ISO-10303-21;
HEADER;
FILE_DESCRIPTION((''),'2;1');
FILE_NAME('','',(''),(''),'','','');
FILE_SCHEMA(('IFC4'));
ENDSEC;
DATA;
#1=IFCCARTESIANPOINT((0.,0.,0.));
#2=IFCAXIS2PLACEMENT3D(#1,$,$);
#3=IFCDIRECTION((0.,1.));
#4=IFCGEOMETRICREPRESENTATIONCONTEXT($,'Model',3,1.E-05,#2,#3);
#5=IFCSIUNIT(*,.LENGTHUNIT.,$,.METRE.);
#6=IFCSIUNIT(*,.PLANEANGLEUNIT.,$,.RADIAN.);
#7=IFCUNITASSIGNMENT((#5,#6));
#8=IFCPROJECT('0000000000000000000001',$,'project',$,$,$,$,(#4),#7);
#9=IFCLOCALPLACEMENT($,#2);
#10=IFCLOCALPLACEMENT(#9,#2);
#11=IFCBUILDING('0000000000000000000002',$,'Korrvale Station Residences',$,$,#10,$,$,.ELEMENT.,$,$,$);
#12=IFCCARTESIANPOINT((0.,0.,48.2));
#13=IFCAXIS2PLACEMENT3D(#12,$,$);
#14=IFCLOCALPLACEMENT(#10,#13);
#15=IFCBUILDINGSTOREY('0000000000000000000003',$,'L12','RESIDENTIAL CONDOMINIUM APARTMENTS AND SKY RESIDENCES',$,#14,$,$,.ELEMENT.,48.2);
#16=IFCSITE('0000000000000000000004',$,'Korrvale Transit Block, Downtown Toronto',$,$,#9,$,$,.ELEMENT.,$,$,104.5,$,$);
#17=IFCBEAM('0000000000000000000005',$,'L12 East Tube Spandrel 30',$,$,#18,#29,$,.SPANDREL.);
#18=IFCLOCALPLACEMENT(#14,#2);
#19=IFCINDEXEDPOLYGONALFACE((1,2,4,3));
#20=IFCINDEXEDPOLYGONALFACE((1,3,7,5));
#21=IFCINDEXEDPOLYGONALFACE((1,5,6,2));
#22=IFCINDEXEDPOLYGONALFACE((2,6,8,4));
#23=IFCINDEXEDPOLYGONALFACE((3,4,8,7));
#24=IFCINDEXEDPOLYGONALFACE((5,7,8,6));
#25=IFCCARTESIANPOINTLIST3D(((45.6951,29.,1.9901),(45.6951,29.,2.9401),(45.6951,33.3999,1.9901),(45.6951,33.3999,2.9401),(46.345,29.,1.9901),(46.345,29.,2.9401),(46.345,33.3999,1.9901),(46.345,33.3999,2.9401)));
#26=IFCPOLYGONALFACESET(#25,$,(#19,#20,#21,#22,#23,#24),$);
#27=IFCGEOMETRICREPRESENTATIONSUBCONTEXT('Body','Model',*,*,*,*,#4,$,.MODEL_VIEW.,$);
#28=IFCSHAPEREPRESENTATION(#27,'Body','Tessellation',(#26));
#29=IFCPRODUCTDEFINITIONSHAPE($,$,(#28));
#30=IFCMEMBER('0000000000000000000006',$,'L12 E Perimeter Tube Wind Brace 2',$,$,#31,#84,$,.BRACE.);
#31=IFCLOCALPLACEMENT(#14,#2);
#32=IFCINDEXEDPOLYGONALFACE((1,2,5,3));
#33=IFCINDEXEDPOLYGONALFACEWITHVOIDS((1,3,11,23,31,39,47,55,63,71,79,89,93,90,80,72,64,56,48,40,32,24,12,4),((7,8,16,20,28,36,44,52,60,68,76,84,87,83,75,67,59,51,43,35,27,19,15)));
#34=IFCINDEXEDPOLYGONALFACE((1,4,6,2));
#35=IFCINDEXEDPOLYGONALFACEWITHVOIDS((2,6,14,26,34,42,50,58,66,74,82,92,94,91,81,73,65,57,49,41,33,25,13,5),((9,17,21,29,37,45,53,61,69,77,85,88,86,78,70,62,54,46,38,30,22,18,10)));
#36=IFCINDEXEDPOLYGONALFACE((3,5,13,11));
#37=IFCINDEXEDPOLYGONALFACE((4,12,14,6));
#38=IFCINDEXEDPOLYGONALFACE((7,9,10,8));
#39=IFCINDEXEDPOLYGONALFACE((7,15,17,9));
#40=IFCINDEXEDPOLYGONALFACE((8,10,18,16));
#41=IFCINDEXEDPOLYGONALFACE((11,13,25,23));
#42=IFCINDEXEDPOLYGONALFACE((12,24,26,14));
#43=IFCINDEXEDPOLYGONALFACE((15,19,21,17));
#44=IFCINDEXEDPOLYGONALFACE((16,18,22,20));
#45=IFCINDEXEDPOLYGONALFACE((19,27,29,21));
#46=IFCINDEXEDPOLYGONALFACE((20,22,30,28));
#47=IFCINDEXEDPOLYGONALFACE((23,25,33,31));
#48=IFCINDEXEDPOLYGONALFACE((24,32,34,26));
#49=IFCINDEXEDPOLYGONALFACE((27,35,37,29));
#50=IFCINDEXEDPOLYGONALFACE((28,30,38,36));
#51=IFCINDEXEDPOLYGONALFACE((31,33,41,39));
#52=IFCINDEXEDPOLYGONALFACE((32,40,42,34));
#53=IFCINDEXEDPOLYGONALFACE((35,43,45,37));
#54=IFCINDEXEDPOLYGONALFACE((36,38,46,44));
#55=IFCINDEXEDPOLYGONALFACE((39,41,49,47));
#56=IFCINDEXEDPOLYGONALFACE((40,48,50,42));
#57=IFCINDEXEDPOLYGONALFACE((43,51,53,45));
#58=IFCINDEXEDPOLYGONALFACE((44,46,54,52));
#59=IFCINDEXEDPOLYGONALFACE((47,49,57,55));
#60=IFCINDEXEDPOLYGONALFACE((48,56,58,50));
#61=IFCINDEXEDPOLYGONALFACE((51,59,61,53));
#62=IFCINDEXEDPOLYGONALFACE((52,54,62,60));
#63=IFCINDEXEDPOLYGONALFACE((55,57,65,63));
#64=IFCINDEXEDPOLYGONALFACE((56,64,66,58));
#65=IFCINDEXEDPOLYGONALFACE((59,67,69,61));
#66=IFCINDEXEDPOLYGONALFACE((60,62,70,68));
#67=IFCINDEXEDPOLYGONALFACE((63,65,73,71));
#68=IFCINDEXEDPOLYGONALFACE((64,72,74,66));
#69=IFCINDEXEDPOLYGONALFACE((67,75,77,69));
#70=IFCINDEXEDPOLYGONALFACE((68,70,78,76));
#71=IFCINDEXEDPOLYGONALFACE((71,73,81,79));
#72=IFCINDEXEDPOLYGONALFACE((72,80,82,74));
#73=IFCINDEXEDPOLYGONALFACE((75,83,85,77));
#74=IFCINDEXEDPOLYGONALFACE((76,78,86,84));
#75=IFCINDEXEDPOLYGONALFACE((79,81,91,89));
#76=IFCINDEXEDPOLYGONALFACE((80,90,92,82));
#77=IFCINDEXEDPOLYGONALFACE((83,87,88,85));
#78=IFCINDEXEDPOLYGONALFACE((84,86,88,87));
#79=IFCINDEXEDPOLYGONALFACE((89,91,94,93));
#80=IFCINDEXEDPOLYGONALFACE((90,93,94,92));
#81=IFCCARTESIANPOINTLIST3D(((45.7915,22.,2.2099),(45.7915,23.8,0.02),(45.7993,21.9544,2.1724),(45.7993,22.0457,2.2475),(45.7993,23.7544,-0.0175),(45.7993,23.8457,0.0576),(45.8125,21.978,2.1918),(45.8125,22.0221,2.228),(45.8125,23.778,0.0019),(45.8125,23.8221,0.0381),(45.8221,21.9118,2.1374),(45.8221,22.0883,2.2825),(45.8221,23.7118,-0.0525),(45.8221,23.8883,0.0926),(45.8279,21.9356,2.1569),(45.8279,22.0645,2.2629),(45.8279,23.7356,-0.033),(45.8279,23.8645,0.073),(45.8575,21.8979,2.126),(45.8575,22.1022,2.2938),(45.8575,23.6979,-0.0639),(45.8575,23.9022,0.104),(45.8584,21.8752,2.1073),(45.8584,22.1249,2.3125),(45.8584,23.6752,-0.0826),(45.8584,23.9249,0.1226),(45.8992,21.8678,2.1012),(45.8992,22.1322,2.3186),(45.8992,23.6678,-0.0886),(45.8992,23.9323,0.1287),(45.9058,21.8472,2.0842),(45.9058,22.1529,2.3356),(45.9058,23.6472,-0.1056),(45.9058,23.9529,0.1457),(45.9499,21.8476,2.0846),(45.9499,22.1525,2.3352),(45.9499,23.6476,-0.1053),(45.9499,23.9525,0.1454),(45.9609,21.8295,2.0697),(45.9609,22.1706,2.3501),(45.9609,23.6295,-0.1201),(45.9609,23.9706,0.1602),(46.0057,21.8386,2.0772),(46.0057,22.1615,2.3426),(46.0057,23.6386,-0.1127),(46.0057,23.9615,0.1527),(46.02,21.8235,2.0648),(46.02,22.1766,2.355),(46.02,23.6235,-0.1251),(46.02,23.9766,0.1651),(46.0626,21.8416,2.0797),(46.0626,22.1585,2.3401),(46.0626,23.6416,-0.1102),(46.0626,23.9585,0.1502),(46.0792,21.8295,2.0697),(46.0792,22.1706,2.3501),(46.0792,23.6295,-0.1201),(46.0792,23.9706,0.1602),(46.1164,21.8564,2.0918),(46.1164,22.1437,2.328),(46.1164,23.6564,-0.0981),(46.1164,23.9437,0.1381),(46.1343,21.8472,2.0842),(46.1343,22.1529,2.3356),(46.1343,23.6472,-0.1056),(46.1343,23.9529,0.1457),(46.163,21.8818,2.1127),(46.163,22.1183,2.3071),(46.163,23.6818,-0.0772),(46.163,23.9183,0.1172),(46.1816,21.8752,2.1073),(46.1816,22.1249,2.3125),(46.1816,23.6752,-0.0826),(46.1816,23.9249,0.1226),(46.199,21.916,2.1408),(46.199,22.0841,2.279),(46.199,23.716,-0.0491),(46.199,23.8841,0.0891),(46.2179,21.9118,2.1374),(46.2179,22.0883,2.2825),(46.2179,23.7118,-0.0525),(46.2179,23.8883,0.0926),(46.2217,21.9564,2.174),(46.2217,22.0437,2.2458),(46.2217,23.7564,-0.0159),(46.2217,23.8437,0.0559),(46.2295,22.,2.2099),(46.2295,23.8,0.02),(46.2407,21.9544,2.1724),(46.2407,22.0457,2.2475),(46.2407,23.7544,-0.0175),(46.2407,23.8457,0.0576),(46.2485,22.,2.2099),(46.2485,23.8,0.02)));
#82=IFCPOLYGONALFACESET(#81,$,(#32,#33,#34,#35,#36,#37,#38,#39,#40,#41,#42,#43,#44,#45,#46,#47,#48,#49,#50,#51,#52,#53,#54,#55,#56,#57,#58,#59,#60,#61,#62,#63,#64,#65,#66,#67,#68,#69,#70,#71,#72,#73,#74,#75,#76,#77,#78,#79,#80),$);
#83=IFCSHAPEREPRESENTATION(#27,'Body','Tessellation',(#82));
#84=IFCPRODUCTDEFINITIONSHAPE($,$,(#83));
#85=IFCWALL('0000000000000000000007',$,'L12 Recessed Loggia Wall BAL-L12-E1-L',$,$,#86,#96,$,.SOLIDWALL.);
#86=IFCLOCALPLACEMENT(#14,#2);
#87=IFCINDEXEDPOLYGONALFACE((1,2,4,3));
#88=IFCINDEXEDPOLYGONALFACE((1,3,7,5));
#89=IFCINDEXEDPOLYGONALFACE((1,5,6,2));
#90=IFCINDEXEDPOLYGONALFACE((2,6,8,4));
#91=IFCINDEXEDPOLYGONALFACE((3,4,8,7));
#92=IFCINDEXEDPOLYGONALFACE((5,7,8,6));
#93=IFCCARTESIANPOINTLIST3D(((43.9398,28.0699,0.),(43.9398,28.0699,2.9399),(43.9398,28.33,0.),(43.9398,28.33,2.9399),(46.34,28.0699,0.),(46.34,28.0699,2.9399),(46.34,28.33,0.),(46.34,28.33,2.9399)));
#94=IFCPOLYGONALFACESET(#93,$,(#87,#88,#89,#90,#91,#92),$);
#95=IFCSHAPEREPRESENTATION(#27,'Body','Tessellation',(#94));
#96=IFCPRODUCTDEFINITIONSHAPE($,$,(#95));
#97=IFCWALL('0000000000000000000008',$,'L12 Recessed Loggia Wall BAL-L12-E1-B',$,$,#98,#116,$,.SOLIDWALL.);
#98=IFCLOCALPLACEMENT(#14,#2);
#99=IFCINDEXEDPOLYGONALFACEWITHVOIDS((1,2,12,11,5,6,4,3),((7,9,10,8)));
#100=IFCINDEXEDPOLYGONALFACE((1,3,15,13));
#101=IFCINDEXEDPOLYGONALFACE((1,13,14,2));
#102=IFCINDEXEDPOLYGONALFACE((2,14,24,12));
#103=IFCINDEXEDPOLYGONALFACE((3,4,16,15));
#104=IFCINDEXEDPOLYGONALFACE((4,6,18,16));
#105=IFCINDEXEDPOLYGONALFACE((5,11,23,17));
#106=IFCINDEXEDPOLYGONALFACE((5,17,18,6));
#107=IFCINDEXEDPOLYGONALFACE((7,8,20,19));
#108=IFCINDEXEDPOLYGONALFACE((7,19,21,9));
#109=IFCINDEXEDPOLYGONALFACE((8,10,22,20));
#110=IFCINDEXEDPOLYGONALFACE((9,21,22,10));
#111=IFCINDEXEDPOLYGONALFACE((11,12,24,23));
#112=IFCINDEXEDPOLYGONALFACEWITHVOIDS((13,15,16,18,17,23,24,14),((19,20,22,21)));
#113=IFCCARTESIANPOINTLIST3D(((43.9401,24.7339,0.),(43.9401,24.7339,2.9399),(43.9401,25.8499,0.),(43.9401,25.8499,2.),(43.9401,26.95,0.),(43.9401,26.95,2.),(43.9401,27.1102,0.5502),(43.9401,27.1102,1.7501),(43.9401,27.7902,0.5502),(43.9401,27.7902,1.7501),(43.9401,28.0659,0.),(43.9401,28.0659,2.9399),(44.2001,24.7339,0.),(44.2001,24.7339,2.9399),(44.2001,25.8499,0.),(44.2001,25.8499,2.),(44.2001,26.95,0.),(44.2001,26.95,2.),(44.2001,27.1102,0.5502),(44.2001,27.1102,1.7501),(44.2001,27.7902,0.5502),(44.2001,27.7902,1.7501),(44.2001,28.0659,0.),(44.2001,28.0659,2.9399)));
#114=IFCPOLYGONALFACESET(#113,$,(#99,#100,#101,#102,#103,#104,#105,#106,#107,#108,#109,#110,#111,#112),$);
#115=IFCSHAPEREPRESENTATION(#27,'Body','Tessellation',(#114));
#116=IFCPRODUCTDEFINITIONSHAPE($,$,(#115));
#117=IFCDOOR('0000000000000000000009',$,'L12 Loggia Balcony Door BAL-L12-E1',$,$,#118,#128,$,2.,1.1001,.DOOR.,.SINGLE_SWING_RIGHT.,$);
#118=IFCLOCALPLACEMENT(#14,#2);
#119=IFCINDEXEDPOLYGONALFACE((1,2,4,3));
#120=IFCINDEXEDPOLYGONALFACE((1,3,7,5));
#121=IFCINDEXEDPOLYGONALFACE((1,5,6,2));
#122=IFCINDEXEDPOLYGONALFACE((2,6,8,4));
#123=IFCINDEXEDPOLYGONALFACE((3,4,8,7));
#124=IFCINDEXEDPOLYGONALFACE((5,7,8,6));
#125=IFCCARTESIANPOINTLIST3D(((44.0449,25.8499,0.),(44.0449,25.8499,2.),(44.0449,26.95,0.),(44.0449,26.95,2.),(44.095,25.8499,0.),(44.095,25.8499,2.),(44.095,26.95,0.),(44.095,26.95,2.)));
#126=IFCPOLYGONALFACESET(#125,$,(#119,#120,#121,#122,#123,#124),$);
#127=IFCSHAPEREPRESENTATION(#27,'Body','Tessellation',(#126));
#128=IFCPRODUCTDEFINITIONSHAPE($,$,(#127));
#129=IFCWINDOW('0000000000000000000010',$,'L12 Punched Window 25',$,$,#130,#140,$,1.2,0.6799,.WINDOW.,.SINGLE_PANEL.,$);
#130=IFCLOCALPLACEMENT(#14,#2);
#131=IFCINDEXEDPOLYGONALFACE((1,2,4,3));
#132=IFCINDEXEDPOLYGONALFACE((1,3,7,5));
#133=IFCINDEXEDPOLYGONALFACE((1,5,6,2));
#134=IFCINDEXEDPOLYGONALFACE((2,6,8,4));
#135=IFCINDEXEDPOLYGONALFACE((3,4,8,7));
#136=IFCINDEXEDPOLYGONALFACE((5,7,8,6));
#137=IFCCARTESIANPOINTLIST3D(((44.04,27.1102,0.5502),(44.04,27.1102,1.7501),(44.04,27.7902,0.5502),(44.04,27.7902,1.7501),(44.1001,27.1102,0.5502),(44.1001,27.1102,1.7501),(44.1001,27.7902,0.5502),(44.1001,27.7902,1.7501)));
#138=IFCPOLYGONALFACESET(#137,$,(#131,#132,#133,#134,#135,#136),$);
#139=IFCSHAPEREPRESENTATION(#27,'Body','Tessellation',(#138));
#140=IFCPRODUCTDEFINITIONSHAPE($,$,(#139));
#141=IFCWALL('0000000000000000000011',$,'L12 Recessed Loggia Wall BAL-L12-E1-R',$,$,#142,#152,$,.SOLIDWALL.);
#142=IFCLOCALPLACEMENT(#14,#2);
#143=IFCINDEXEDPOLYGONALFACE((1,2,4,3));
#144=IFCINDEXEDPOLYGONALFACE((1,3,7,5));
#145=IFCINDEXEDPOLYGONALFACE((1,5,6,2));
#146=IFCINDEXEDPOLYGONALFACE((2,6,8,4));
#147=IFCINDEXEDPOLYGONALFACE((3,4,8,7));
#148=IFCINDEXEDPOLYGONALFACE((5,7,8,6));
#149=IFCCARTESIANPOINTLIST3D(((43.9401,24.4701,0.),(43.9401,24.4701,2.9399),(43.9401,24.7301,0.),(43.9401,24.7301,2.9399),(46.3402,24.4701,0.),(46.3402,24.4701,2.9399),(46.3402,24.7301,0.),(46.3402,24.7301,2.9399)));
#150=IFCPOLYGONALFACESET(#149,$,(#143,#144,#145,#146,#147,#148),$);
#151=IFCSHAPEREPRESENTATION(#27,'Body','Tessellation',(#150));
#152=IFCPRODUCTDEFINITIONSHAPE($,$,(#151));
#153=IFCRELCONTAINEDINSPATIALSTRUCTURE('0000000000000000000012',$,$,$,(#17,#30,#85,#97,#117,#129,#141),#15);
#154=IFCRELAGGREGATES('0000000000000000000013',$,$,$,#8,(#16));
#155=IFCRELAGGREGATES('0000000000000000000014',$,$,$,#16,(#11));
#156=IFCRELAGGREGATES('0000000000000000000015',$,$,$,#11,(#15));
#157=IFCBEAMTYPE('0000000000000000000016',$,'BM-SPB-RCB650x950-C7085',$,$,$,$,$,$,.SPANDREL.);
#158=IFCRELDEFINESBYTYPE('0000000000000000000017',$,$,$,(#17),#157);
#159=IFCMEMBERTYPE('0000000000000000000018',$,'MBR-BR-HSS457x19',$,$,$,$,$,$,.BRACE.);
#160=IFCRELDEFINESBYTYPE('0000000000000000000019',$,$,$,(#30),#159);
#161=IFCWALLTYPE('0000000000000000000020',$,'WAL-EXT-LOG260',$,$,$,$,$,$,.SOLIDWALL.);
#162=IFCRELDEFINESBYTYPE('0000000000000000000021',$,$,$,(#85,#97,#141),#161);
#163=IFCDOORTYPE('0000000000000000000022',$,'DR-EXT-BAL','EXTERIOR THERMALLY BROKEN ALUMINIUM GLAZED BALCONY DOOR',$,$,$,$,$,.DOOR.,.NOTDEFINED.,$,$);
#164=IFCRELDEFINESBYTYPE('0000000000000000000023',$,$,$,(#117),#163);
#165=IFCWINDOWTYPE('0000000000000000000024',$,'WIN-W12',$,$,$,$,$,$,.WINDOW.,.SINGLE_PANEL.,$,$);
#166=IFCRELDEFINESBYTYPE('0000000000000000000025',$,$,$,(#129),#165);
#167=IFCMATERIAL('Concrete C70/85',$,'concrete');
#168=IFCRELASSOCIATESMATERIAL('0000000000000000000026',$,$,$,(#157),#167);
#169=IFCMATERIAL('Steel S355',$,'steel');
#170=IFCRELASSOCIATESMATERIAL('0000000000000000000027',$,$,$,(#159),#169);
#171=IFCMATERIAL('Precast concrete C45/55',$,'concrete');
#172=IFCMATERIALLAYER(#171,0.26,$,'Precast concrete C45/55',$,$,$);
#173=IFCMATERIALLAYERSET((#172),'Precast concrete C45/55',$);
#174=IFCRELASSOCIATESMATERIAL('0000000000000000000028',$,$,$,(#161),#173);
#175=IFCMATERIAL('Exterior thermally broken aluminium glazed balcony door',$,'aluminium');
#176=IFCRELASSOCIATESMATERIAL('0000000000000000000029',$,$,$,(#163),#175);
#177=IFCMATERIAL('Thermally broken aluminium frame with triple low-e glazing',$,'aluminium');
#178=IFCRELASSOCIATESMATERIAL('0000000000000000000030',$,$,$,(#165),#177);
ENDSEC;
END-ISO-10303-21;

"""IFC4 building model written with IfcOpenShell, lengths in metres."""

from ifc_helpers import new_model, si_unit, direction, frame, frame_2d, origin, origin_2d, place, context, subcontext, project, spatial, rectangle, hollow_circle, extrude, material, layer, layer_set, material_profile, profile_set, type_object, element, fill, save


model = new_model("IFC4")

# Units and contexts
model_context = context("Model", 3, precision=1e-05, world=origin(), true_north=direction((0.0, 1.0)))
body_context = subcontext(model_context, "Body", "Model", "MODEL_VIEW")
ifc_project = project(units=[si_unit("LENGTHUNIT", "METRE"), si_unit("PLANEANGLEUNIT", "RADIAN")], contexts=[model_context])

# Site, building, storey
site_placement = place(None, origin())
site = spatial("IfcSite", under=ifc_project, at=site_placement, Name="Korrvale Transit Block, Downtown Toronto", CompositionType="ELEMENT", RefElevation=104.5)
building_placement = place(site_placement, origin())
building = spatial("IfcBuilding", under=site, at=building_placement, Name="Korrvale Station Residences", CompositionType="ELEMENT")
storey_placement = place(building_placement, frame((0.0, 0.0, 48.2)))
storey = spatial("IfcBuildingStorey", under=building, at=storey_placement, Name="L12", Description="RESIDENTIAL CONDOMINIUM APARTMENTS AND SKY RESIDENCES", CompositionType="ELEMENT", Elevation=48.2)

# Shared definitions
ifc_material_1 = material(Name="Concrete C70/85", Category="concrete")

# Beam
ifc_material_2 = material(Name="Steel S355", Category="steel")
ifc_material_profile_1 = material_profile(ifc_material_1, rectangle(XDim=0.6499, YDim=0.95, at=origin_2d()), Name="RCB650x950")
ifc_profile_set_1 = profile_set([ifc_material_profile_1], Name="Concrete C70/85")
beam_type_1 = type_object("IfcBeamType", Name="BM-SPB-RCB650x950-C7085", PredefinedType="SPANDREL", material=ifc_profile_set_1)
beam_1_placement = place(storey_placement, frame((46.02, 29.0, 2.4651), z_axis=(0.0, 1.0, 0.0), x_axis=(-1.0, 0.0, 0.0)))
element("IfcBeam", 1, at=beam_1_placement, inside=storey, type_object=beam_type_1, Name="L12 East Tube Spandrel 30", PredefinedType="SPANDREL", context=body_context, shape_type="SweptSolid", body=[
    extrude(rectangle(XDim=0.6499, YDim=0.95, at=origin_2d()), origin(), (0.0, 0.0, 1.0), 4.3999),
])

# Member
ifc_material_profile_2 = material_profile(ifc_material_2, hollow_circle(Radius=0.2285, WallThickness=0.019, at=origin_2d()), Name="HSS457x19")
ifc_profile_set_2 = profile_set([ifc_material_profile_2], Name="Steel S355")
member_type = type_object("IfcMemberType", Name="MBR-BR-HSS457x19", PredefinedType="BRACE", material=ifc_profile_set_2)
member_placement = place(storey_placement, frame((46.02, 23.8, 0.02), z_axis=(0.0, -0.634985, 0.772524), x_axis=(1.0, 0.0, 0.0)))
element("IfcMember", 2, at=member_placement, inside=storey, type_object=member_type, Name="L12 E Perimeter Tube Wind Brace 2", PredefinedType="BRACE", context=body_context, shape_type="SweptSolid", body=[
    extrude(hollow_circle(Radius=0.2285, WallThickness=0.019, at=origin_2d()), origin(), (0.0, 0.0, 1.0), 2.8347),
])

# Wall
ifc_material_3 = material(Name="Precast concrete C45/55", Category="concrete")
ifc_layer_1 = layer(ifc_material_3, 0.26, Name="Precast concrete C45/55")
ifc_layer_set_1 = layer_set([ifc_layer_1], Name="Precast concrete C45/55")
wall_type_1 = type_object("IfcWallType", Name="WAL-EXT-LOG260", PredefinedType="SOLIDWALL", material=ifc_layer_set_1)
wall_1_placement = place(storey_placement, frame((46.3401, 28.2, 0.0), z_axis=(0.0, 0.0, 1.0), x_axis=(-1.0, 0.0, 0.0)))
element("IfcWall", 3, at=wall_1_placement, inside=storey, type_object=wall_type_1, Name="L12 Recessed Loggia Wall BAL-L12-E1-L", PredefinedType="SOLIDWALL", context=body_context, shape_type="SweptSolid", body=[
    extrude(rectangle(XDim=2.4001, YDim=0.26, at=frame_2d((1.2002, 0.0))), origin(), (0.0, 0.0, 1.0), 2.9399),
])

# Wall, openings, door, window
wall_2_placement = place(storey_placement, frame((44.0701, 28.0659, 0.0), z_axis=(0.0, 0.0, 1.0), x_axis=(0.0, -1.0, 0.0)))
wall_2 = element("IfcWall", 4, at=wall_2_placement, inside=storey, type_object=wall_type_1, Name="L12 Recessed Loggia Wall BAL-L12-E1-B", PredefinedType="SOLIDWALL", context=body_context, shape_type="SweptSolid", body=[
    extrude(rectangle(XDim=3.332, YDim=0.26, at=frame_2d((1.666, 0.0))), origin(), (0.0, 0.0, 1.0), 2.9399),
])
opening_1_placement = place(wall_2_placement, frame((1.116, 0.0, 0.0)))
opening_1 = element("IfcOpeningElement", 5, at=opening_1_placement, cuts=wall_2, PredefinedType="OPENING", context=body_context, shape_type="SweptSolid", body=[
    extrude(rectangle(XDim=1.1001, YDim=2.0, at=frame_2d((0.55, 1.0))), frame((0.0, 0.1401, 0.0), z_axis=(0.0, -1.0, 0.0), x_axis=(1.0, 0.0, 0.0)), (0.0, 0.0, 1.0), 0.28),
])
opening_2_placement = place(wall_2_placement, frame((0.2759, 0.0, 0.55)))
opening_2 = element("IfcOpeningElement", 6, at=opening_2_placement, cuts=wall_2, PredefinedType="OPENING", context=body_context, shape_type="SweptSolid", body=[
    extrude(rectangle(XDim=0.6799, YDim=1.2, at=frame_2d((0.3398, 0.6001))), frame((0.0, 0.1401, 0.0), z_axis=(0.0, -1.0, 0.0), x_axis=(1.0, 0.0, 0.0)), (0.0, 0.0, 1.0), 0.28),
])
ifc_material_4 = material(Name="Exterior thermally broken aluminium glazed balcony door", Category="aluminium")
door_type_1 = type_object("IfcDoorType", Name="DR-EXT-BAL", Description="EXTERIOR THERMALLY BROKEN ALUMINIUM GLAZED BALCONY DOOR", OperationType="NOTDEFINED", PredefinedType="DOOR", material=ifc_material_4)
door_1_placement = place(opening_1_placement, origin())
door_1 = element("IfcDoor", 7, at=door_1_placement, inside=storey, type_object=door_type_1, Name="L12 Loggia Balcony Door BAL-L12-E1", OperationType="SINGLE_SWING_RIGHT", OverallHeight=2.0, OverallWidth=1.1001, PredefinedType="DOOR", context=body_context, shape_type="SweptSolid", body=[
    extrude(rectangle(XDim=1.1001, YDim=2.0, at=frame_2d((0.55, 1.0))), frame((0.0, 0.0249, 0.0), z_axis=(0.0, -1.0, 0.0), x_axis=(1.0, 0.0, 0.0)), (0.0, 0.0, 1.0), 0.05),
])
fill(opening_1, door_1)
ifc_material_5 = material(Name="Thermally broken aluminium frame with triple low-e glazing", Category="aluminium")
window_type_1 = type_object("IfcWindowType", Name="WIN-W12", PartitioningType="SINGLE_PANEL", PredefinedType="WINDOW", material=ifc_material_5)
window_1_placement = place(opening_2_placement, origin())
window_1 = element("IfcWindow", 8, at=window_1_placement, inside=storey, type_object=window_type_1, Name="L12 Punched Window 25", OverallHeight=1.2, OverallWidth=0.6799, PartitioningType="SINGLE_PANEL", PredefinedType="WINDOW", context=body_context, shape_type="SweptSolid", body=[
    extrude(rectangle(XDim=0.6799, YDim=1.2, at=frame_2d((0.3398, 0.6001))), frame((0.0, 0.03, 0.0), z_axis=(0.0, -1.0, 0.0), x_axis=(1.0, 0.0, 0.0)), (0.0, 0.0, 1.0), 0.0601),
])
fill(opening_2, window_1)

# Wall
wall_3_placement = place(storey_placement, frame((43.9399, 24.6001, 0.0), z_axis=(0.0, 0.0, 1.0), x_axis=(1.0, 0.0, 0.0)))
element("IfcWall", 9, at=wall_3_placement, inside=storey, type_object=wall_type_1, Name="L12 Recessed Loggia Wall BAL-L12-E1-R", PredefinedType="SOLIDWALL", context=body_context, shape_type="SweptSolid", body=[
    extrude(rectangle(XDim=2.4001, YDim=0.26, at=frame_2d((1.2002, 0.0))), origin(), (0.0, 0.0, 1.0), 2.9399),
])

save(model, "model.ifc")
